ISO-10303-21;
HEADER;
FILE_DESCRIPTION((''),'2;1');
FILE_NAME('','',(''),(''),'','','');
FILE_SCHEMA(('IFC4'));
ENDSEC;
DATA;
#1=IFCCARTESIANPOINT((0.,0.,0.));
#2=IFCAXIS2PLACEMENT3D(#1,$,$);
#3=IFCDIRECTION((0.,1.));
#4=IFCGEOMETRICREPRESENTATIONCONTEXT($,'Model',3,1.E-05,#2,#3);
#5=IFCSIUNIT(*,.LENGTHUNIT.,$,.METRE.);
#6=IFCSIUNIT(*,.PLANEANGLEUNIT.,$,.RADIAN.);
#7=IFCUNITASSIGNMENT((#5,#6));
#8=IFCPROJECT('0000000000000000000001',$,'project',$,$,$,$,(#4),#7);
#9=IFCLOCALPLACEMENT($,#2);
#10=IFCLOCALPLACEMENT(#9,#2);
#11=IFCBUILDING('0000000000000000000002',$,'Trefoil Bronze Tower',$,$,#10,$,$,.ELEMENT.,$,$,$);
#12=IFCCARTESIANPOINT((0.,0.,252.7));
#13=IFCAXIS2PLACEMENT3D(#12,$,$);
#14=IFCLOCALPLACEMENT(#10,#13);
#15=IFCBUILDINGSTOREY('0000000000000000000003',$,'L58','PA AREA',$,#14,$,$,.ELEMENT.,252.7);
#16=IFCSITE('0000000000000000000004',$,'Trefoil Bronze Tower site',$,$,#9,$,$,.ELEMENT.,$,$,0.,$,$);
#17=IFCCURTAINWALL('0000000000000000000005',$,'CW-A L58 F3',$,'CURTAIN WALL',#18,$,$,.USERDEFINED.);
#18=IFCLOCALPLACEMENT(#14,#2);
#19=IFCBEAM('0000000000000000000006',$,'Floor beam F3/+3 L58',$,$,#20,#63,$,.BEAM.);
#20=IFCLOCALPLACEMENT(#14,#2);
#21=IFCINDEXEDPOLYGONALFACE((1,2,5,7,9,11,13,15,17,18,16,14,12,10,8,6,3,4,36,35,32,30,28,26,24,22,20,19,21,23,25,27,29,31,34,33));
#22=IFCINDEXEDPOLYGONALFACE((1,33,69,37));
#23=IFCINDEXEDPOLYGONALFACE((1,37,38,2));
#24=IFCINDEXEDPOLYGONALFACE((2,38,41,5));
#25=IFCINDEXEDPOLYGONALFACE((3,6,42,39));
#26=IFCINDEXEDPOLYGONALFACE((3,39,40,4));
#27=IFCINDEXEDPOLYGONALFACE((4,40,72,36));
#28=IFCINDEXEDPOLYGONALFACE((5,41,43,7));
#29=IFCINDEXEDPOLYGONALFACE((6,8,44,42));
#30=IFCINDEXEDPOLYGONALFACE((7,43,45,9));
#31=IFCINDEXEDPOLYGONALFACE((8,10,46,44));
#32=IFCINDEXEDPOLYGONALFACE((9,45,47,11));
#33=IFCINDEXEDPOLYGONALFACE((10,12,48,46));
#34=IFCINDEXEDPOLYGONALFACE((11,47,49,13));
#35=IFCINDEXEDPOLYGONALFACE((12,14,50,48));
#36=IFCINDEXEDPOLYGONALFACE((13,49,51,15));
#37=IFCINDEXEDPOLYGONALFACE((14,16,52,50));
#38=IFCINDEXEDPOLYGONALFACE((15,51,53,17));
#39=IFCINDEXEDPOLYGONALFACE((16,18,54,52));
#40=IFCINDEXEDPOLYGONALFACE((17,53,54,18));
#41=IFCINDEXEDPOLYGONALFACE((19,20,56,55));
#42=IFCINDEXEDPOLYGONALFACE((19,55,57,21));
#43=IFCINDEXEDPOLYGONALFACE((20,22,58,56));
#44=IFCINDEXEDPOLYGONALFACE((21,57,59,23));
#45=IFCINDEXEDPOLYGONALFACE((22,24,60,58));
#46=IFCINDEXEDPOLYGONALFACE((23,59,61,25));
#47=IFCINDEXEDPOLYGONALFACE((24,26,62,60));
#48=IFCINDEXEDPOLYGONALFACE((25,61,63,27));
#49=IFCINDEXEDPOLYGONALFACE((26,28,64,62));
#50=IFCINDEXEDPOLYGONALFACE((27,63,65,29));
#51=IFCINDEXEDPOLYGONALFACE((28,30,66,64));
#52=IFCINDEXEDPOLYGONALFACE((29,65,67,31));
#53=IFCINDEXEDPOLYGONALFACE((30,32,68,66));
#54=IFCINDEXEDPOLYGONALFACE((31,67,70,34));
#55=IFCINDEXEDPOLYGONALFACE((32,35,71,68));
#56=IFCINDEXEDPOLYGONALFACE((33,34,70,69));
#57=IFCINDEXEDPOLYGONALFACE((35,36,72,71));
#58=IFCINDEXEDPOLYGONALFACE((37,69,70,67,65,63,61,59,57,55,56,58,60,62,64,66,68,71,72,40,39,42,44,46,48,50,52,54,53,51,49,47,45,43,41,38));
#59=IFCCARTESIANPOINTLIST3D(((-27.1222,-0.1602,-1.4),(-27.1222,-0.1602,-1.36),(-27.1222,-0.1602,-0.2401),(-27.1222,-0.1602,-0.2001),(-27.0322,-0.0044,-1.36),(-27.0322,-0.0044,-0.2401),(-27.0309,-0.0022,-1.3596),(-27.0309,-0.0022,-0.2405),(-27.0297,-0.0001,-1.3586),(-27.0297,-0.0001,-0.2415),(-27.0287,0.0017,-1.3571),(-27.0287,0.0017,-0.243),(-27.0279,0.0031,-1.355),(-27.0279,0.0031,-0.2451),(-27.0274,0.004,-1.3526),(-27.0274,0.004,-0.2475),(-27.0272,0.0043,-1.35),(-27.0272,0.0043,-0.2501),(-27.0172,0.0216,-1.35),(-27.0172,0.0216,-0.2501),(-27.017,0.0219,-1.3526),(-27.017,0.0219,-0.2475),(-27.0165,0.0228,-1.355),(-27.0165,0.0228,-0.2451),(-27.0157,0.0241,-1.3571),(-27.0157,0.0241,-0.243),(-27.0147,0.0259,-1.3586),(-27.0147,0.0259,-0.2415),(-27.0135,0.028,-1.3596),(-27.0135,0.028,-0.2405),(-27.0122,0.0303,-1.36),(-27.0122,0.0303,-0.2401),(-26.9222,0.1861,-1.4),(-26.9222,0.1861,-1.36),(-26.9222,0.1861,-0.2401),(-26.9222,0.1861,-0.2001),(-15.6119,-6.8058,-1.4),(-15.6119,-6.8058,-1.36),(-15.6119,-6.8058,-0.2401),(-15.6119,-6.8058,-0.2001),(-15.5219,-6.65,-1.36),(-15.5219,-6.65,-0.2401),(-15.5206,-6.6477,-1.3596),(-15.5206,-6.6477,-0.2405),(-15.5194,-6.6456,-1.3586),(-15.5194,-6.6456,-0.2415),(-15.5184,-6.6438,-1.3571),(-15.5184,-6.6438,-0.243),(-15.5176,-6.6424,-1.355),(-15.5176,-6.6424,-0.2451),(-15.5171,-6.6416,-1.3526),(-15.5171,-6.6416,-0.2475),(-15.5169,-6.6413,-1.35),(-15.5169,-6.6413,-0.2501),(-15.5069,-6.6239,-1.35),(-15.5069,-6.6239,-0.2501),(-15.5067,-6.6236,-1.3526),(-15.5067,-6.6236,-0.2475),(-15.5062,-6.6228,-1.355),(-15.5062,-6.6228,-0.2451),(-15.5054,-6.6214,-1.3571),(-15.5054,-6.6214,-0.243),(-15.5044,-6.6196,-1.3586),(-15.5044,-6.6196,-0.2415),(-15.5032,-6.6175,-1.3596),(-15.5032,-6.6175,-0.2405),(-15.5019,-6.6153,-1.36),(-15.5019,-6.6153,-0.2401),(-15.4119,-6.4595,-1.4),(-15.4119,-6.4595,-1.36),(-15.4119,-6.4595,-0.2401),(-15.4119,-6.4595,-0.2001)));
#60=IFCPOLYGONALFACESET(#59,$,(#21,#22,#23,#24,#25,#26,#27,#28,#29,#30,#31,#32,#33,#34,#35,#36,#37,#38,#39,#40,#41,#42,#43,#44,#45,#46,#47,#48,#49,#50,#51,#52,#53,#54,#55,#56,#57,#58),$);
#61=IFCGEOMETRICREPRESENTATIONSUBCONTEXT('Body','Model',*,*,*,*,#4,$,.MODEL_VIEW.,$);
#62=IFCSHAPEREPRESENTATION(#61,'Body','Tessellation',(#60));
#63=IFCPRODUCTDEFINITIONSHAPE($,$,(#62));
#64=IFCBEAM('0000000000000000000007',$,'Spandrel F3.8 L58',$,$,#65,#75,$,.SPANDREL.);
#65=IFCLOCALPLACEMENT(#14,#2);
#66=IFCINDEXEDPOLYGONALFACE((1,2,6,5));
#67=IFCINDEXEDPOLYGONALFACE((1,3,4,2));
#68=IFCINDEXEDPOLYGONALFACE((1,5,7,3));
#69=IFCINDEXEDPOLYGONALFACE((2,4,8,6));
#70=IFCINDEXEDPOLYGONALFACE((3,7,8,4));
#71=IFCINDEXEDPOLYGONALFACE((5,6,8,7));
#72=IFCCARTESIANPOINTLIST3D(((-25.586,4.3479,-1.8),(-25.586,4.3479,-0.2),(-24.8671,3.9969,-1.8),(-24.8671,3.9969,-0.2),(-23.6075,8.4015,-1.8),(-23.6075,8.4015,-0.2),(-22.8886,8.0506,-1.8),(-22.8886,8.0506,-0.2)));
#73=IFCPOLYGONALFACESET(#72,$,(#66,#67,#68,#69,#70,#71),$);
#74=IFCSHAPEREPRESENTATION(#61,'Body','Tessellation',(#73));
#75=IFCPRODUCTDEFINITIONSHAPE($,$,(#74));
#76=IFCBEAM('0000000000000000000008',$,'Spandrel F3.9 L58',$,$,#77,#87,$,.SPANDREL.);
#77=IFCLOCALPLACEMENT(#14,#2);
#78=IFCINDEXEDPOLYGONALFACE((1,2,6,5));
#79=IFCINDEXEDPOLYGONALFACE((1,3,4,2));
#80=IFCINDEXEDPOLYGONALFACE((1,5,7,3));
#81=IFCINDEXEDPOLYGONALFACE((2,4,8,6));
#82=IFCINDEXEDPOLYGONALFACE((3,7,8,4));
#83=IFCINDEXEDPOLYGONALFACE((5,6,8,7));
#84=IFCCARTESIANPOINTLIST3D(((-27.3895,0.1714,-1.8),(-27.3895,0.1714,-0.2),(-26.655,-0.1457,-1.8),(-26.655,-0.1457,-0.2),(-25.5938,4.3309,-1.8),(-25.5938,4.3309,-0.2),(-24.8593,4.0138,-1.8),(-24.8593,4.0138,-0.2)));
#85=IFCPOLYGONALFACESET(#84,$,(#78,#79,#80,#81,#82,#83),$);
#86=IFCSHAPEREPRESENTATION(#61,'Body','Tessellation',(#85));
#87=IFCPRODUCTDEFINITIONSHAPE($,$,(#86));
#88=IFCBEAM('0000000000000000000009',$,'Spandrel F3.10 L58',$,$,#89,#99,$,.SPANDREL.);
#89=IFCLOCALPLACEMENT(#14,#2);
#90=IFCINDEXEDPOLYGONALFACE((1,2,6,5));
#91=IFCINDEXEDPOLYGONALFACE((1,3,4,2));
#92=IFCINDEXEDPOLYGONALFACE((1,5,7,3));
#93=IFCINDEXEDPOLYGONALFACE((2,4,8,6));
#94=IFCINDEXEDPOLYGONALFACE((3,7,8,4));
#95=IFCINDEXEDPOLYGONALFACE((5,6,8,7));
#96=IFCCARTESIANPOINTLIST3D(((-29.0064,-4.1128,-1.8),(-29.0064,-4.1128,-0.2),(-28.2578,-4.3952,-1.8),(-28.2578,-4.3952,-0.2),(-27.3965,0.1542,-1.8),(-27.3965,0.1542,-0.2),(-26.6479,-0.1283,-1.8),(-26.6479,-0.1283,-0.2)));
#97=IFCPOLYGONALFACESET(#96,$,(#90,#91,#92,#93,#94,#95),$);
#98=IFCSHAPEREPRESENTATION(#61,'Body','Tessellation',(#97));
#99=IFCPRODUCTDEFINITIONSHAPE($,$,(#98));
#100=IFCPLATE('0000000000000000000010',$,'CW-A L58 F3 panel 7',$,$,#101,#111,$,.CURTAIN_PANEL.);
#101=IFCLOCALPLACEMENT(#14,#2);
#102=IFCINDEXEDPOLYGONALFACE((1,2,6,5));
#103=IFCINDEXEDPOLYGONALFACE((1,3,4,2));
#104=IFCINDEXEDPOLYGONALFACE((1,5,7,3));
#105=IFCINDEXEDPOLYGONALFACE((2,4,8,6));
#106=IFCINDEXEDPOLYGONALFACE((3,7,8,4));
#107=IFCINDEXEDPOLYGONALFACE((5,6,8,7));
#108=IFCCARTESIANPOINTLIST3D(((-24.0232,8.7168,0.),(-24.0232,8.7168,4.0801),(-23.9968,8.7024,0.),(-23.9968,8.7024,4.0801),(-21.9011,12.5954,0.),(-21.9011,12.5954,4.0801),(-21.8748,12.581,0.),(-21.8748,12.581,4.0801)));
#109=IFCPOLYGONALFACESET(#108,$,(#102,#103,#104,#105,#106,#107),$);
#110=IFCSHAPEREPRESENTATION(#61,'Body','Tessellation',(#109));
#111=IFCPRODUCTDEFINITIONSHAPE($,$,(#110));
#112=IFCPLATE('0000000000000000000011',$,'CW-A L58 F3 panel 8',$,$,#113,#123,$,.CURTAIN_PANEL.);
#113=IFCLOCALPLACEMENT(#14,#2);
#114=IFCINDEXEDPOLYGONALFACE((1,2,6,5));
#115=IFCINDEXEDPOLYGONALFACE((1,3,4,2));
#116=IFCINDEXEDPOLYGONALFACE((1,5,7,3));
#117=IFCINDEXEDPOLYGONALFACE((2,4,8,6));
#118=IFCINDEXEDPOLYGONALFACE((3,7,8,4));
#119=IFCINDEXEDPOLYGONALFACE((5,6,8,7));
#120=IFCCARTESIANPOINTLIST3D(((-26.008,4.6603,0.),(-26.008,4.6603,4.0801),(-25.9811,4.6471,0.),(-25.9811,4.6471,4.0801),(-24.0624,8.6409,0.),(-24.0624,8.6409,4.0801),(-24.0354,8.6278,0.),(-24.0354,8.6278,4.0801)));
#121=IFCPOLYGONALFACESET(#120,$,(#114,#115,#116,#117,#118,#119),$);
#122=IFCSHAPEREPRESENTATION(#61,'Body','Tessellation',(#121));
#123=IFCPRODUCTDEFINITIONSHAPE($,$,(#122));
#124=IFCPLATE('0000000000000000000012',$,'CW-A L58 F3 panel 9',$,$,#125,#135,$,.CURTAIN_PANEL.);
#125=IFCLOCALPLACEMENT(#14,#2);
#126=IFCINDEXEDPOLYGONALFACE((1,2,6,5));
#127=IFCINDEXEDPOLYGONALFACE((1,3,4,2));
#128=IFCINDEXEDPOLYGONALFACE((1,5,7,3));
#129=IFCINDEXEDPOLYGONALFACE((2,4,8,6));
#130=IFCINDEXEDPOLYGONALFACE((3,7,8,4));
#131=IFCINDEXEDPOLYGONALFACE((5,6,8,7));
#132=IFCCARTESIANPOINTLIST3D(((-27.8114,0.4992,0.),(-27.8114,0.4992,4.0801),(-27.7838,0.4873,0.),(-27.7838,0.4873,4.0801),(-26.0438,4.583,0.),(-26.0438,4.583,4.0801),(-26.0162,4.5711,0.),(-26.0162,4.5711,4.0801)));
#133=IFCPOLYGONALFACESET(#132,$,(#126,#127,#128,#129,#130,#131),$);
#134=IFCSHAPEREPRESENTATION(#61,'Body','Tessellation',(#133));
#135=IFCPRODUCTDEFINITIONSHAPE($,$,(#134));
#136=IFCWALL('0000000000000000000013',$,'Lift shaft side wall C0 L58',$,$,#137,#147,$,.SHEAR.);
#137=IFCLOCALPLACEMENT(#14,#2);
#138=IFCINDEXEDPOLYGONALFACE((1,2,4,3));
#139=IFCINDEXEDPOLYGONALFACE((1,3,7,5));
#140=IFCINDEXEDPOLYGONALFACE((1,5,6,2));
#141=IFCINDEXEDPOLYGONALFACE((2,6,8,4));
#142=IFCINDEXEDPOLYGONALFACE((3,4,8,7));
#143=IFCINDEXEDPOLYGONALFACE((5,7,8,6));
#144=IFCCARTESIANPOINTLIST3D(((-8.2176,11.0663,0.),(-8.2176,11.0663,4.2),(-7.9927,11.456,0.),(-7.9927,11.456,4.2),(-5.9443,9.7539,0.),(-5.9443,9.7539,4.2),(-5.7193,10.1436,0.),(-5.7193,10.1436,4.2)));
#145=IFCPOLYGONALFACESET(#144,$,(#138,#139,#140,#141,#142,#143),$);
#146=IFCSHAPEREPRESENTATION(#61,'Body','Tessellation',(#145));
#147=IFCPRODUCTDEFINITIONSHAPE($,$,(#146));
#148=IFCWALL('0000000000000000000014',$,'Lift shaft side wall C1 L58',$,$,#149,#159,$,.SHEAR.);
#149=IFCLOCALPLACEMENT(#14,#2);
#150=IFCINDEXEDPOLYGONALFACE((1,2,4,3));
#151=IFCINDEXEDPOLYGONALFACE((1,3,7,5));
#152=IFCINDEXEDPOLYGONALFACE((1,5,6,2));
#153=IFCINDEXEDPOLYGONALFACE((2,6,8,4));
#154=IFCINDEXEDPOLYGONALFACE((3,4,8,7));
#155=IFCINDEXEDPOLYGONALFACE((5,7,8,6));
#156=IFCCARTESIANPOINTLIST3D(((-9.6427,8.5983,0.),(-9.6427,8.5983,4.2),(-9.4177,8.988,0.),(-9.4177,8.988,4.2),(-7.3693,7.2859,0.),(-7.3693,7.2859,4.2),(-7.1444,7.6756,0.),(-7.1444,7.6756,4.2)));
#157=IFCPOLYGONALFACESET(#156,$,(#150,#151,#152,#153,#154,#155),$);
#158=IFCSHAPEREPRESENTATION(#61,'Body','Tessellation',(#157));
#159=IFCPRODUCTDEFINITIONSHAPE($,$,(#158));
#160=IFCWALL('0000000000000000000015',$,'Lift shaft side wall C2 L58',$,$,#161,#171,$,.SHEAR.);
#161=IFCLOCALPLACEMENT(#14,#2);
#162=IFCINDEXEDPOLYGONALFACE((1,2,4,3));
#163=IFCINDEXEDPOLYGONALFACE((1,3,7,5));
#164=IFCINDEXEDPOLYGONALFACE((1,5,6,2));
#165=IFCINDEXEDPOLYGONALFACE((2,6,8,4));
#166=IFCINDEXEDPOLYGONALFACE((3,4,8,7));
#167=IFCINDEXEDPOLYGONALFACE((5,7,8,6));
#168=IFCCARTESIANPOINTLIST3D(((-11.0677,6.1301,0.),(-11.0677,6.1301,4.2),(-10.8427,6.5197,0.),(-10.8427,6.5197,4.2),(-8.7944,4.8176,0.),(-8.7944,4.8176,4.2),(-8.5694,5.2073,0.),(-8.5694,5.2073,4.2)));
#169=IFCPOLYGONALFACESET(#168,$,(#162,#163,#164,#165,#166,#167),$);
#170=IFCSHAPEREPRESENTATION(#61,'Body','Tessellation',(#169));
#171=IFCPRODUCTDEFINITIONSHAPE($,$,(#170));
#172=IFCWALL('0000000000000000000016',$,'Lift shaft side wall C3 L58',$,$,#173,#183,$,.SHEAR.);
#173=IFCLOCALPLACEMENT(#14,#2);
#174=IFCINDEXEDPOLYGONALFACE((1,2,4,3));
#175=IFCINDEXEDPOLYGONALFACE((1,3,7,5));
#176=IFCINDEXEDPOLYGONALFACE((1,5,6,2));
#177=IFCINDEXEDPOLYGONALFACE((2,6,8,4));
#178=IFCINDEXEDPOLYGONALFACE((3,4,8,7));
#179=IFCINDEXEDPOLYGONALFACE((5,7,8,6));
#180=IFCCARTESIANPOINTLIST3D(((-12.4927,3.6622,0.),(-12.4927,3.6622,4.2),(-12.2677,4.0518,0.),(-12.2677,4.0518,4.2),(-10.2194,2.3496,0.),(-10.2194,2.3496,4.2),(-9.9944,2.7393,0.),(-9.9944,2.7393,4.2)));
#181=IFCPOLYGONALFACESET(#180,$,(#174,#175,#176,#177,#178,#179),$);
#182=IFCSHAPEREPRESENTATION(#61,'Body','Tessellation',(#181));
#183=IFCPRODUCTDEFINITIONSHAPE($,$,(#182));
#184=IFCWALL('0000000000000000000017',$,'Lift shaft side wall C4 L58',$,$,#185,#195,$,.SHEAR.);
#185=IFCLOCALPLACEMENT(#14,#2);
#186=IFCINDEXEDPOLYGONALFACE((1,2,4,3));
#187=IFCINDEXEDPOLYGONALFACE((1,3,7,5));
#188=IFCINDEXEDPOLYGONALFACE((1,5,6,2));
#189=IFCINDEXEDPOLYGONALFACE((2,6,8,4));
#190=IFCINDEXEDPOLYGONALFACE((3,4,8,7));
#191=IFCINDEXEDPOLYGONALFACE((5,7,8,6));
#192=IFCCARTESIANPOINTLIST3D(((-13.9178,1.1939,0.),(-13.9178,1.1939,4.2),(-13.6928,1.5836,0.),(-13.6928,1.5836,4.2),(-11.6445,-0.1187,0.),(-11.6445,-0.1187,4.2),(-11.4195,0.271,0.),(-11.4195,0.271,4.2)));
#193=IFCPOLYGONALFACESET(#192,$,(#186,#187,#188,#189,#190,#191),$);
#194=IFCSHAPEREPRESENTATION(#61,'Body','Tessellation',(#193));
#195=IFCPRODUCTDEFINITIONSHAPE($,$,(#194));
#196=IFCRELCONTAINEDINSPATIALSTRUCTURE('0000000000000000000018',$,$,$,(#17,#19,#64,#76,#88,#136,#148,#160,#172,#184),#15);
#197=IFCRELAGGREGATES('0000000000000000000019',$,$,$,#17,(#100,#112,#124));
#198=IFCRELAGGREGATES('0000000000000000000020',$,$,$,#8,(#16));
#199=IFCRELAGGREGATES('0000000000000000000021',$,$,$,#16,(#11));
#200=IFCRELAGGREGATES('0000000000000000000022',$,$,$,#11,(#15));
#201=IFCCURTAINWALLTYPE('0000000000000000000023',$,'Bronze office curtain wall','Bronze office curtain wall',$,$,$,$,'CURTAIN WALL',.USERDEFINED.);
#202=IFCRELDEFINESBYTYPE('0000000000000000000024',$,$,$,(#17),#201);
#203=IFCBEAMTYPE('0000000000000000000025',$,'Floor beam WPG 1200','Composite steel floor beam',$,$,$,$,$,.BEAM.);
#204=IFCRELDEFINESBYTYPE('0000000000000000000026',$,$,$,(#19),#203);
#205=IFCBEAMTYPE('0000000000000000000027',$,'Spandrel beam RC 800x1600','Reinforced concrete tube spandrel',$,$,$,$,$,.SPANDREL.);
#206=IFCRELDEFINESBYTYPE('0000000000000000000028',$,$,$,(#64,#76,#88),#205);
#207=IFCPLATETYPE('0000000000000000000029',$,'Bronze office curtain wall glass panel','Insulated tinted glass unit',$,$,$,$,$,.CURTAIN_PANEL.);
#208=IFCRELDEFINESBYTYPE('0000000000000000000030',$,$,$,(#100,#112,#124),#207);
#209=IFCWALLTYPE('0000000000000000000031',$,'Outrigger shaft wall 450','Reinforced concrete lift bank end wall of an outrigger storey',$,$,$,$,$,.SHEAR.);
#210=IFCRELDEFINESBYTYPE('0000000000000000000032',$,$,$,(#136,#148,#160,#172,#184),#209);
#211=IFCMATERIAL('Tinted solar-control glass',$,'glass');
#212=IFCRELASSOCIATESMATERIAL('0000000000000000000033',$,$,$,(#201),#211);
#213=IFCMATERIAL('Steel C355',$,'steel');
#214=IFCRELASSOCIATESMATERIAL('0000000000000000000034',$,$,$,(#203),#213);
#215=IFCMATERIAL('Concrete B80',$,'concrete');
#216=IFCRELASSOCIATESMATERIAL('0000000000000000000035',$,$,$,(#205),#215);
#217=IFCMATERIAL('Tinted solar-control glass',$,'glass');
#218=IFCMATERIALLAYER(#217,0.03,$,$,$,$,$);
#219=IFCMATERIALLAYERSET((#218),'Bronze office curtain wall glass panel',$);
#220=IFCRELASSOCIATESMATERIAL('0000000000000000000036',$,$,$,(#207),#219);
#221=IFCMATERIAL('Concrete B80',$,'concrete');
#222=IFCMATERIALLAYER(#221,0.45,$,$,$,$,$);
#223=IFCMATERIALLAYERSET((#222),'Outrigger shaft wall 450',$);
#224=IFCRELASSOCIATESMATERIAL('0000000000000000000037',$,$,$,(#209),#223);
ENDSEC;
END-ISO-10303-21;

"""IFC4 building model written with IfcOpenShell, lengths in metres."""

from ifc_helpers import new_model, si_unit, direction, frame, frame_2d, origin, origin_2d, place, context, subcontext, project, spatial, rectangle, i_section, extrude, material, layer, layer_set, material_profile, profile_set, type_object, element, aggregate, save


model = new_model("IFC4")

# Units and contexts
model_context = context("Model", 3, precision=1e-05, world=origin(), true_north=direction((0.0, 1.0)))
body_context = subcontext(model_context, "Body", "Model", "MODEL_VIEW")
ifc_project = project(units=[si_unit("LENGTHUNIT", "METRE"), si_unit("PLANEANGLEUNIT", "RADIAN")], contexts=[model_context])

# Site, building, storey
site_placement = place(None, origin())
site = spatial("IfcSite", under=ifc_project, at=site_placement, Name="Trefoil Bronze Tower site", CompositionType="ELEMENT", RefElevation=0.0)
building_placement = place(site_placement, origin())
building = spatial("IfcBuilding", under=site, at=building_placement, Name="Trefoil Bronze Tower", CompositionType="ELEMENT")
storey_placement = place(building_placement, frame((0.0, 0.0, 252.7)))
storey = spatial("IfcBuildingStorey", under=building, at=storey_placement, Name="L58", Description="PA AREA", CompositionType="ELEMENT", Elevation=252.7)

# Curtain wall
ifc_material_1 = material(Name="Tinted solar-control glass", Category="glass")
curtain_wall_type = type_object("IfcCurtainWallType", Name="Bronze office curtain wall", Description="Bronze office curtain wall", ElementType="CURTAIN WALL", PredefinedType="USERDEFINED", material=ifc_material_1)
curtain_wall_placement = place(storey_placement, origin())
curtain_wall = element("IfcCurtainWall", 1, at=curtain_wall_placement, inside=storey, type_object=curtain_wall_type, Name="CW-A L58 F3", ObjectType="CURTAIN WALL", PredefinedType="USERDEFINED")

# Beams
ifc_material_2 = material(Name="Steel C355", Category="steel")
ifc_material_profile_1 = material_profile(ifc_material_2, i_section(OverallWidth=0.3999, OverallDepth=1.2, WebThickness=0.02, FlangeThickness=0.04, FilletRadius=0.01, at=origin_2d()), Name="WPG 1200")
ifc_profile_set_1 = profile_set([ifc_material_profile_1], Name="Steel C355")
beam_type_1 = type_object("IfcBeamType", Name="Floor beam WPG 1200", Description="Composite steel floor beam", PredefinedType="BEAM", material=ifc_profile_set_1)
beam_1_placement = place(storey_placement, frame((-27.0222, 0.0129, -0.8), z_axis=(0.866023, -0.500003, 0.0), x_axis=(0.500003, 0.866023, 0.0)))
element("IfcBeam", 2, at=beam_1_placement, inside=storey, type_object=beam_type_1, Name="Floor beam F3/+3 L58", PredefinedType="BEAM", context=body_context, shape_type="SweptSolid", body=[
    extrude(i_section(OverallWidth=0.3999, OverallDepth=1.2, WebThickness=0.02, FlangeThickness=0.04, FilletRadius=0.01, at=origin_2d()), origin(), (0.0, 0.0, 1.0), 13.291),
])
ifc_material_3 = material(Name="Concrete B80", Category="concrete")
ifc_material_profile_2 = material_profile(ifc_material_3, rectangle(XDim=0.8, YDim=1.6001, at=origin_2d()), Name="RC 800x1600")
ifc_profile_set_2 = profile_set([ifc_material_profile_2], Name="Concrete B80")
beam_type_2 = type_object("IfcBeamType", Name="Spandrel beam RC 800x1600", Description="Reinforced concrete tube spandrel", PredefinedType="SPANDREL", material=ifc_profile_set_2)
beam_2_placement = place(storey_placement, frame((-23.248, 8.2261, -1.0), z_axis=(-0.43862, -0.898673, 0.0), x_axis=(0.898673, -0.43862, 0.0)))
element("IfcBeam", 3, at=beam_2_placement, inside=storey, type_object=beam_type_2, Name="Spandrel F3.8 L58", PredefinedType="SPANDREL", context=body_context, shape_type="SweptSolid", body=[
    extrude(rectangle(XDim=0.8, YDim=1.6001, at=origin_2d()), origin(), (0.0, 0.0, 1.0), 4.5107),
])
beam_3_placement = place(storey_placement, frame((-25.2266, 4.1724, -1.0), z_axis=(-0.39635, -0.918099, 0.0), x_axis=(0.918099, -0.39635, 0.0)))
element("IfcBeam", 4, at=beam_3_placement, inside=storey, type_object=beam_type_2, Name="Spandrel F3.9 L58", PredefinedType="SPANDREL", context=body_context, shape_type="SweptSolid", body=[
    extrude(rectangle(XDim=0.8, YDim=1.6001, at=origin_2d()), origin(), (0.0, 0.0, 1.0), 4.5305),
])
beam_4_placement = place(storey_placement, frame((-27.0222, 0.0129, -1.0), z_axis=(-0.353006, -0.935621, 0.0), x_axis=(0.935621, -0.353006, 0.0)))
element("IfcBeam", 5, at=beam_4_placement, inside=storey, type_object=beam_type_2, Name="Spandrel F3.10 L58", PredefinedType="SPANDREL", context=body_context, shape_type="SweptSolid", body=[
    extrude(rectangle(XDim=0.8, YDim=1.6001, at=origin_2d()), origin(), (0.0, 0.0, 1.0), 4.5605),
])

# Plates
ifc_material_4 = material(Name="Tinted solar-control glass", Category="glass")
ifc_layer_1 = layer(ifc_material_4, 0.03)
ifc_layer_set_1 = layer_set([ifc_layer_1], Name="Bronze office curtain wall glass panel")
plate_type = type_object("IfcPlateType", Name="Bronze office curtain wall glass panel", Description="Insulated tinted glass unit", PredefinedType="CURTAIN_PANEL", material=ifc_layer_set_1)
plate_1_placement = place(storey_placement, frame((-22.949, 10.6489, 0.0), z_axis=(0.0, 0.0, 1.0), x_axis=(-0.479974, -0.877283, 0.0)))
plate_1 = element("IfcPlate", 6, at=plate_1_placement, type_object=plate_type, Name="CW-A L58 F3 panel 7", PredefinedType="CURTAIN_PANEL", context=body_context, shape_type="SweptSolid", body=[
    extrude(rectangle(XDim=4.4211, YDim=0.03, at=origin_2d()), origin(), (0.0, 0.0, 1.0), 4.0801),
])
plate_2_placement = place(storey_placement, frame((-25.0217, 6.644, 0.0), z_axis=(0.0, 0.0, 1.0), x_axis=(-0.439129, -0.898424, 0.0)))
plate_2 = element("IfcPlate", 7, at=plate_2_placement, type_object=plate_type, Name="CW-A L58 F3 panel 8", PredefinedType="CURTAIN_PANEL", context=body_context, shape_type="SweptSolid", body=[
    extrude(rectangle(XDim=4.4307, YDim=0.03, at=origin_2d()), origin(), (0.0, 0.0, 1.0), 4.0801),
])
plate_3_placement = place(storey_placement, frame((-26.9138, 2.5352, 0.0), z_axis=(0.0, 0.0, 1.0), x_axis=(-0.39722, -0.917723, 0.0)))
plate_3 = element("IfcPlate", 8, at=plate_3_placement, type_object=plate_type, Name="CW-A L58 F3 panel 9", PredefinedType="CURTAIN_PANEL", context=body_context, shape_type="SweptSolid", body=[
    extrude(rectangle(XDim=4.45, YDim=0.03, at=origin_2d()), origin(), (0.0, 0.0, 1.0), 4.0801),
])
aggregate(curtain_wall, [plate_1, plate_2, plate_3])

# Walls
ifc_material_5 = material(Name="Concrete B80", Category="concrete")
ifc_layer_2 = layer(ifc_material_5, 0.45)
ifc_layer_set_2 = layer_set([ifc_layer_2], Name="Outrigger shaft wall 450")
wall_type_1 = type_object("IfcWallType", Name="Outrigger shaft wall 450", Description="Reinforced concrete lift bank end wall of an outrigger storey", PredefinedType="SHEAR", material=ifc_layer_set_2)
for number, where, z_axis, x_axis, name in (
    (9, (-5.8318, 9.9487, 0.0), (0.0, 0.0, 1.0), (-0.866037, 0.49998, 0.0), "Lift shaft side wall C0 L58"),
    (10, (-7.2568, 7.4807, 0.0), (0.0, 0.0, 1.0), (-0.866037, 0.49998, 0.0), "Lift shaft side wall C1 L58"),
    (11, (-8.6819, 5.0125, 0.0), (0.0, 0.0, 1.0), (-0.866037, 0.49998, 0.0), "Lift shaft side wall C2 L58"),
    (12, (-10.1069, 2.5444, 0.0), (0.0, 0.0, 1.0), (-0.866014, 0.50002, 0.0), "Lift shaft side wall C3 L58"),
    (13, (-11.532, 0.0762, 0.0), (0.0, 0.0, 1.0), (-0.866014, 0.50002, 0.0), "Lift shaft side wall C4 L58"),
):
    element("IfcWall", number, at=place(storey_placement, frame(where, z_axis=z_axis, x_axis=x_axis)), inside=storey, type_object=wall_type_1, Name=name, PredefinedType="SHEAR", context=body_context, shape_type="SweptSolid", body=[
        extrude(rectangle(XDim=2.625, YDim=0.45, at=frame_2d((1.3125, 0.0))), origin(), (0.0, 0.0, 1.0), 4.2),
    ])

save(model, "model.ifc")
